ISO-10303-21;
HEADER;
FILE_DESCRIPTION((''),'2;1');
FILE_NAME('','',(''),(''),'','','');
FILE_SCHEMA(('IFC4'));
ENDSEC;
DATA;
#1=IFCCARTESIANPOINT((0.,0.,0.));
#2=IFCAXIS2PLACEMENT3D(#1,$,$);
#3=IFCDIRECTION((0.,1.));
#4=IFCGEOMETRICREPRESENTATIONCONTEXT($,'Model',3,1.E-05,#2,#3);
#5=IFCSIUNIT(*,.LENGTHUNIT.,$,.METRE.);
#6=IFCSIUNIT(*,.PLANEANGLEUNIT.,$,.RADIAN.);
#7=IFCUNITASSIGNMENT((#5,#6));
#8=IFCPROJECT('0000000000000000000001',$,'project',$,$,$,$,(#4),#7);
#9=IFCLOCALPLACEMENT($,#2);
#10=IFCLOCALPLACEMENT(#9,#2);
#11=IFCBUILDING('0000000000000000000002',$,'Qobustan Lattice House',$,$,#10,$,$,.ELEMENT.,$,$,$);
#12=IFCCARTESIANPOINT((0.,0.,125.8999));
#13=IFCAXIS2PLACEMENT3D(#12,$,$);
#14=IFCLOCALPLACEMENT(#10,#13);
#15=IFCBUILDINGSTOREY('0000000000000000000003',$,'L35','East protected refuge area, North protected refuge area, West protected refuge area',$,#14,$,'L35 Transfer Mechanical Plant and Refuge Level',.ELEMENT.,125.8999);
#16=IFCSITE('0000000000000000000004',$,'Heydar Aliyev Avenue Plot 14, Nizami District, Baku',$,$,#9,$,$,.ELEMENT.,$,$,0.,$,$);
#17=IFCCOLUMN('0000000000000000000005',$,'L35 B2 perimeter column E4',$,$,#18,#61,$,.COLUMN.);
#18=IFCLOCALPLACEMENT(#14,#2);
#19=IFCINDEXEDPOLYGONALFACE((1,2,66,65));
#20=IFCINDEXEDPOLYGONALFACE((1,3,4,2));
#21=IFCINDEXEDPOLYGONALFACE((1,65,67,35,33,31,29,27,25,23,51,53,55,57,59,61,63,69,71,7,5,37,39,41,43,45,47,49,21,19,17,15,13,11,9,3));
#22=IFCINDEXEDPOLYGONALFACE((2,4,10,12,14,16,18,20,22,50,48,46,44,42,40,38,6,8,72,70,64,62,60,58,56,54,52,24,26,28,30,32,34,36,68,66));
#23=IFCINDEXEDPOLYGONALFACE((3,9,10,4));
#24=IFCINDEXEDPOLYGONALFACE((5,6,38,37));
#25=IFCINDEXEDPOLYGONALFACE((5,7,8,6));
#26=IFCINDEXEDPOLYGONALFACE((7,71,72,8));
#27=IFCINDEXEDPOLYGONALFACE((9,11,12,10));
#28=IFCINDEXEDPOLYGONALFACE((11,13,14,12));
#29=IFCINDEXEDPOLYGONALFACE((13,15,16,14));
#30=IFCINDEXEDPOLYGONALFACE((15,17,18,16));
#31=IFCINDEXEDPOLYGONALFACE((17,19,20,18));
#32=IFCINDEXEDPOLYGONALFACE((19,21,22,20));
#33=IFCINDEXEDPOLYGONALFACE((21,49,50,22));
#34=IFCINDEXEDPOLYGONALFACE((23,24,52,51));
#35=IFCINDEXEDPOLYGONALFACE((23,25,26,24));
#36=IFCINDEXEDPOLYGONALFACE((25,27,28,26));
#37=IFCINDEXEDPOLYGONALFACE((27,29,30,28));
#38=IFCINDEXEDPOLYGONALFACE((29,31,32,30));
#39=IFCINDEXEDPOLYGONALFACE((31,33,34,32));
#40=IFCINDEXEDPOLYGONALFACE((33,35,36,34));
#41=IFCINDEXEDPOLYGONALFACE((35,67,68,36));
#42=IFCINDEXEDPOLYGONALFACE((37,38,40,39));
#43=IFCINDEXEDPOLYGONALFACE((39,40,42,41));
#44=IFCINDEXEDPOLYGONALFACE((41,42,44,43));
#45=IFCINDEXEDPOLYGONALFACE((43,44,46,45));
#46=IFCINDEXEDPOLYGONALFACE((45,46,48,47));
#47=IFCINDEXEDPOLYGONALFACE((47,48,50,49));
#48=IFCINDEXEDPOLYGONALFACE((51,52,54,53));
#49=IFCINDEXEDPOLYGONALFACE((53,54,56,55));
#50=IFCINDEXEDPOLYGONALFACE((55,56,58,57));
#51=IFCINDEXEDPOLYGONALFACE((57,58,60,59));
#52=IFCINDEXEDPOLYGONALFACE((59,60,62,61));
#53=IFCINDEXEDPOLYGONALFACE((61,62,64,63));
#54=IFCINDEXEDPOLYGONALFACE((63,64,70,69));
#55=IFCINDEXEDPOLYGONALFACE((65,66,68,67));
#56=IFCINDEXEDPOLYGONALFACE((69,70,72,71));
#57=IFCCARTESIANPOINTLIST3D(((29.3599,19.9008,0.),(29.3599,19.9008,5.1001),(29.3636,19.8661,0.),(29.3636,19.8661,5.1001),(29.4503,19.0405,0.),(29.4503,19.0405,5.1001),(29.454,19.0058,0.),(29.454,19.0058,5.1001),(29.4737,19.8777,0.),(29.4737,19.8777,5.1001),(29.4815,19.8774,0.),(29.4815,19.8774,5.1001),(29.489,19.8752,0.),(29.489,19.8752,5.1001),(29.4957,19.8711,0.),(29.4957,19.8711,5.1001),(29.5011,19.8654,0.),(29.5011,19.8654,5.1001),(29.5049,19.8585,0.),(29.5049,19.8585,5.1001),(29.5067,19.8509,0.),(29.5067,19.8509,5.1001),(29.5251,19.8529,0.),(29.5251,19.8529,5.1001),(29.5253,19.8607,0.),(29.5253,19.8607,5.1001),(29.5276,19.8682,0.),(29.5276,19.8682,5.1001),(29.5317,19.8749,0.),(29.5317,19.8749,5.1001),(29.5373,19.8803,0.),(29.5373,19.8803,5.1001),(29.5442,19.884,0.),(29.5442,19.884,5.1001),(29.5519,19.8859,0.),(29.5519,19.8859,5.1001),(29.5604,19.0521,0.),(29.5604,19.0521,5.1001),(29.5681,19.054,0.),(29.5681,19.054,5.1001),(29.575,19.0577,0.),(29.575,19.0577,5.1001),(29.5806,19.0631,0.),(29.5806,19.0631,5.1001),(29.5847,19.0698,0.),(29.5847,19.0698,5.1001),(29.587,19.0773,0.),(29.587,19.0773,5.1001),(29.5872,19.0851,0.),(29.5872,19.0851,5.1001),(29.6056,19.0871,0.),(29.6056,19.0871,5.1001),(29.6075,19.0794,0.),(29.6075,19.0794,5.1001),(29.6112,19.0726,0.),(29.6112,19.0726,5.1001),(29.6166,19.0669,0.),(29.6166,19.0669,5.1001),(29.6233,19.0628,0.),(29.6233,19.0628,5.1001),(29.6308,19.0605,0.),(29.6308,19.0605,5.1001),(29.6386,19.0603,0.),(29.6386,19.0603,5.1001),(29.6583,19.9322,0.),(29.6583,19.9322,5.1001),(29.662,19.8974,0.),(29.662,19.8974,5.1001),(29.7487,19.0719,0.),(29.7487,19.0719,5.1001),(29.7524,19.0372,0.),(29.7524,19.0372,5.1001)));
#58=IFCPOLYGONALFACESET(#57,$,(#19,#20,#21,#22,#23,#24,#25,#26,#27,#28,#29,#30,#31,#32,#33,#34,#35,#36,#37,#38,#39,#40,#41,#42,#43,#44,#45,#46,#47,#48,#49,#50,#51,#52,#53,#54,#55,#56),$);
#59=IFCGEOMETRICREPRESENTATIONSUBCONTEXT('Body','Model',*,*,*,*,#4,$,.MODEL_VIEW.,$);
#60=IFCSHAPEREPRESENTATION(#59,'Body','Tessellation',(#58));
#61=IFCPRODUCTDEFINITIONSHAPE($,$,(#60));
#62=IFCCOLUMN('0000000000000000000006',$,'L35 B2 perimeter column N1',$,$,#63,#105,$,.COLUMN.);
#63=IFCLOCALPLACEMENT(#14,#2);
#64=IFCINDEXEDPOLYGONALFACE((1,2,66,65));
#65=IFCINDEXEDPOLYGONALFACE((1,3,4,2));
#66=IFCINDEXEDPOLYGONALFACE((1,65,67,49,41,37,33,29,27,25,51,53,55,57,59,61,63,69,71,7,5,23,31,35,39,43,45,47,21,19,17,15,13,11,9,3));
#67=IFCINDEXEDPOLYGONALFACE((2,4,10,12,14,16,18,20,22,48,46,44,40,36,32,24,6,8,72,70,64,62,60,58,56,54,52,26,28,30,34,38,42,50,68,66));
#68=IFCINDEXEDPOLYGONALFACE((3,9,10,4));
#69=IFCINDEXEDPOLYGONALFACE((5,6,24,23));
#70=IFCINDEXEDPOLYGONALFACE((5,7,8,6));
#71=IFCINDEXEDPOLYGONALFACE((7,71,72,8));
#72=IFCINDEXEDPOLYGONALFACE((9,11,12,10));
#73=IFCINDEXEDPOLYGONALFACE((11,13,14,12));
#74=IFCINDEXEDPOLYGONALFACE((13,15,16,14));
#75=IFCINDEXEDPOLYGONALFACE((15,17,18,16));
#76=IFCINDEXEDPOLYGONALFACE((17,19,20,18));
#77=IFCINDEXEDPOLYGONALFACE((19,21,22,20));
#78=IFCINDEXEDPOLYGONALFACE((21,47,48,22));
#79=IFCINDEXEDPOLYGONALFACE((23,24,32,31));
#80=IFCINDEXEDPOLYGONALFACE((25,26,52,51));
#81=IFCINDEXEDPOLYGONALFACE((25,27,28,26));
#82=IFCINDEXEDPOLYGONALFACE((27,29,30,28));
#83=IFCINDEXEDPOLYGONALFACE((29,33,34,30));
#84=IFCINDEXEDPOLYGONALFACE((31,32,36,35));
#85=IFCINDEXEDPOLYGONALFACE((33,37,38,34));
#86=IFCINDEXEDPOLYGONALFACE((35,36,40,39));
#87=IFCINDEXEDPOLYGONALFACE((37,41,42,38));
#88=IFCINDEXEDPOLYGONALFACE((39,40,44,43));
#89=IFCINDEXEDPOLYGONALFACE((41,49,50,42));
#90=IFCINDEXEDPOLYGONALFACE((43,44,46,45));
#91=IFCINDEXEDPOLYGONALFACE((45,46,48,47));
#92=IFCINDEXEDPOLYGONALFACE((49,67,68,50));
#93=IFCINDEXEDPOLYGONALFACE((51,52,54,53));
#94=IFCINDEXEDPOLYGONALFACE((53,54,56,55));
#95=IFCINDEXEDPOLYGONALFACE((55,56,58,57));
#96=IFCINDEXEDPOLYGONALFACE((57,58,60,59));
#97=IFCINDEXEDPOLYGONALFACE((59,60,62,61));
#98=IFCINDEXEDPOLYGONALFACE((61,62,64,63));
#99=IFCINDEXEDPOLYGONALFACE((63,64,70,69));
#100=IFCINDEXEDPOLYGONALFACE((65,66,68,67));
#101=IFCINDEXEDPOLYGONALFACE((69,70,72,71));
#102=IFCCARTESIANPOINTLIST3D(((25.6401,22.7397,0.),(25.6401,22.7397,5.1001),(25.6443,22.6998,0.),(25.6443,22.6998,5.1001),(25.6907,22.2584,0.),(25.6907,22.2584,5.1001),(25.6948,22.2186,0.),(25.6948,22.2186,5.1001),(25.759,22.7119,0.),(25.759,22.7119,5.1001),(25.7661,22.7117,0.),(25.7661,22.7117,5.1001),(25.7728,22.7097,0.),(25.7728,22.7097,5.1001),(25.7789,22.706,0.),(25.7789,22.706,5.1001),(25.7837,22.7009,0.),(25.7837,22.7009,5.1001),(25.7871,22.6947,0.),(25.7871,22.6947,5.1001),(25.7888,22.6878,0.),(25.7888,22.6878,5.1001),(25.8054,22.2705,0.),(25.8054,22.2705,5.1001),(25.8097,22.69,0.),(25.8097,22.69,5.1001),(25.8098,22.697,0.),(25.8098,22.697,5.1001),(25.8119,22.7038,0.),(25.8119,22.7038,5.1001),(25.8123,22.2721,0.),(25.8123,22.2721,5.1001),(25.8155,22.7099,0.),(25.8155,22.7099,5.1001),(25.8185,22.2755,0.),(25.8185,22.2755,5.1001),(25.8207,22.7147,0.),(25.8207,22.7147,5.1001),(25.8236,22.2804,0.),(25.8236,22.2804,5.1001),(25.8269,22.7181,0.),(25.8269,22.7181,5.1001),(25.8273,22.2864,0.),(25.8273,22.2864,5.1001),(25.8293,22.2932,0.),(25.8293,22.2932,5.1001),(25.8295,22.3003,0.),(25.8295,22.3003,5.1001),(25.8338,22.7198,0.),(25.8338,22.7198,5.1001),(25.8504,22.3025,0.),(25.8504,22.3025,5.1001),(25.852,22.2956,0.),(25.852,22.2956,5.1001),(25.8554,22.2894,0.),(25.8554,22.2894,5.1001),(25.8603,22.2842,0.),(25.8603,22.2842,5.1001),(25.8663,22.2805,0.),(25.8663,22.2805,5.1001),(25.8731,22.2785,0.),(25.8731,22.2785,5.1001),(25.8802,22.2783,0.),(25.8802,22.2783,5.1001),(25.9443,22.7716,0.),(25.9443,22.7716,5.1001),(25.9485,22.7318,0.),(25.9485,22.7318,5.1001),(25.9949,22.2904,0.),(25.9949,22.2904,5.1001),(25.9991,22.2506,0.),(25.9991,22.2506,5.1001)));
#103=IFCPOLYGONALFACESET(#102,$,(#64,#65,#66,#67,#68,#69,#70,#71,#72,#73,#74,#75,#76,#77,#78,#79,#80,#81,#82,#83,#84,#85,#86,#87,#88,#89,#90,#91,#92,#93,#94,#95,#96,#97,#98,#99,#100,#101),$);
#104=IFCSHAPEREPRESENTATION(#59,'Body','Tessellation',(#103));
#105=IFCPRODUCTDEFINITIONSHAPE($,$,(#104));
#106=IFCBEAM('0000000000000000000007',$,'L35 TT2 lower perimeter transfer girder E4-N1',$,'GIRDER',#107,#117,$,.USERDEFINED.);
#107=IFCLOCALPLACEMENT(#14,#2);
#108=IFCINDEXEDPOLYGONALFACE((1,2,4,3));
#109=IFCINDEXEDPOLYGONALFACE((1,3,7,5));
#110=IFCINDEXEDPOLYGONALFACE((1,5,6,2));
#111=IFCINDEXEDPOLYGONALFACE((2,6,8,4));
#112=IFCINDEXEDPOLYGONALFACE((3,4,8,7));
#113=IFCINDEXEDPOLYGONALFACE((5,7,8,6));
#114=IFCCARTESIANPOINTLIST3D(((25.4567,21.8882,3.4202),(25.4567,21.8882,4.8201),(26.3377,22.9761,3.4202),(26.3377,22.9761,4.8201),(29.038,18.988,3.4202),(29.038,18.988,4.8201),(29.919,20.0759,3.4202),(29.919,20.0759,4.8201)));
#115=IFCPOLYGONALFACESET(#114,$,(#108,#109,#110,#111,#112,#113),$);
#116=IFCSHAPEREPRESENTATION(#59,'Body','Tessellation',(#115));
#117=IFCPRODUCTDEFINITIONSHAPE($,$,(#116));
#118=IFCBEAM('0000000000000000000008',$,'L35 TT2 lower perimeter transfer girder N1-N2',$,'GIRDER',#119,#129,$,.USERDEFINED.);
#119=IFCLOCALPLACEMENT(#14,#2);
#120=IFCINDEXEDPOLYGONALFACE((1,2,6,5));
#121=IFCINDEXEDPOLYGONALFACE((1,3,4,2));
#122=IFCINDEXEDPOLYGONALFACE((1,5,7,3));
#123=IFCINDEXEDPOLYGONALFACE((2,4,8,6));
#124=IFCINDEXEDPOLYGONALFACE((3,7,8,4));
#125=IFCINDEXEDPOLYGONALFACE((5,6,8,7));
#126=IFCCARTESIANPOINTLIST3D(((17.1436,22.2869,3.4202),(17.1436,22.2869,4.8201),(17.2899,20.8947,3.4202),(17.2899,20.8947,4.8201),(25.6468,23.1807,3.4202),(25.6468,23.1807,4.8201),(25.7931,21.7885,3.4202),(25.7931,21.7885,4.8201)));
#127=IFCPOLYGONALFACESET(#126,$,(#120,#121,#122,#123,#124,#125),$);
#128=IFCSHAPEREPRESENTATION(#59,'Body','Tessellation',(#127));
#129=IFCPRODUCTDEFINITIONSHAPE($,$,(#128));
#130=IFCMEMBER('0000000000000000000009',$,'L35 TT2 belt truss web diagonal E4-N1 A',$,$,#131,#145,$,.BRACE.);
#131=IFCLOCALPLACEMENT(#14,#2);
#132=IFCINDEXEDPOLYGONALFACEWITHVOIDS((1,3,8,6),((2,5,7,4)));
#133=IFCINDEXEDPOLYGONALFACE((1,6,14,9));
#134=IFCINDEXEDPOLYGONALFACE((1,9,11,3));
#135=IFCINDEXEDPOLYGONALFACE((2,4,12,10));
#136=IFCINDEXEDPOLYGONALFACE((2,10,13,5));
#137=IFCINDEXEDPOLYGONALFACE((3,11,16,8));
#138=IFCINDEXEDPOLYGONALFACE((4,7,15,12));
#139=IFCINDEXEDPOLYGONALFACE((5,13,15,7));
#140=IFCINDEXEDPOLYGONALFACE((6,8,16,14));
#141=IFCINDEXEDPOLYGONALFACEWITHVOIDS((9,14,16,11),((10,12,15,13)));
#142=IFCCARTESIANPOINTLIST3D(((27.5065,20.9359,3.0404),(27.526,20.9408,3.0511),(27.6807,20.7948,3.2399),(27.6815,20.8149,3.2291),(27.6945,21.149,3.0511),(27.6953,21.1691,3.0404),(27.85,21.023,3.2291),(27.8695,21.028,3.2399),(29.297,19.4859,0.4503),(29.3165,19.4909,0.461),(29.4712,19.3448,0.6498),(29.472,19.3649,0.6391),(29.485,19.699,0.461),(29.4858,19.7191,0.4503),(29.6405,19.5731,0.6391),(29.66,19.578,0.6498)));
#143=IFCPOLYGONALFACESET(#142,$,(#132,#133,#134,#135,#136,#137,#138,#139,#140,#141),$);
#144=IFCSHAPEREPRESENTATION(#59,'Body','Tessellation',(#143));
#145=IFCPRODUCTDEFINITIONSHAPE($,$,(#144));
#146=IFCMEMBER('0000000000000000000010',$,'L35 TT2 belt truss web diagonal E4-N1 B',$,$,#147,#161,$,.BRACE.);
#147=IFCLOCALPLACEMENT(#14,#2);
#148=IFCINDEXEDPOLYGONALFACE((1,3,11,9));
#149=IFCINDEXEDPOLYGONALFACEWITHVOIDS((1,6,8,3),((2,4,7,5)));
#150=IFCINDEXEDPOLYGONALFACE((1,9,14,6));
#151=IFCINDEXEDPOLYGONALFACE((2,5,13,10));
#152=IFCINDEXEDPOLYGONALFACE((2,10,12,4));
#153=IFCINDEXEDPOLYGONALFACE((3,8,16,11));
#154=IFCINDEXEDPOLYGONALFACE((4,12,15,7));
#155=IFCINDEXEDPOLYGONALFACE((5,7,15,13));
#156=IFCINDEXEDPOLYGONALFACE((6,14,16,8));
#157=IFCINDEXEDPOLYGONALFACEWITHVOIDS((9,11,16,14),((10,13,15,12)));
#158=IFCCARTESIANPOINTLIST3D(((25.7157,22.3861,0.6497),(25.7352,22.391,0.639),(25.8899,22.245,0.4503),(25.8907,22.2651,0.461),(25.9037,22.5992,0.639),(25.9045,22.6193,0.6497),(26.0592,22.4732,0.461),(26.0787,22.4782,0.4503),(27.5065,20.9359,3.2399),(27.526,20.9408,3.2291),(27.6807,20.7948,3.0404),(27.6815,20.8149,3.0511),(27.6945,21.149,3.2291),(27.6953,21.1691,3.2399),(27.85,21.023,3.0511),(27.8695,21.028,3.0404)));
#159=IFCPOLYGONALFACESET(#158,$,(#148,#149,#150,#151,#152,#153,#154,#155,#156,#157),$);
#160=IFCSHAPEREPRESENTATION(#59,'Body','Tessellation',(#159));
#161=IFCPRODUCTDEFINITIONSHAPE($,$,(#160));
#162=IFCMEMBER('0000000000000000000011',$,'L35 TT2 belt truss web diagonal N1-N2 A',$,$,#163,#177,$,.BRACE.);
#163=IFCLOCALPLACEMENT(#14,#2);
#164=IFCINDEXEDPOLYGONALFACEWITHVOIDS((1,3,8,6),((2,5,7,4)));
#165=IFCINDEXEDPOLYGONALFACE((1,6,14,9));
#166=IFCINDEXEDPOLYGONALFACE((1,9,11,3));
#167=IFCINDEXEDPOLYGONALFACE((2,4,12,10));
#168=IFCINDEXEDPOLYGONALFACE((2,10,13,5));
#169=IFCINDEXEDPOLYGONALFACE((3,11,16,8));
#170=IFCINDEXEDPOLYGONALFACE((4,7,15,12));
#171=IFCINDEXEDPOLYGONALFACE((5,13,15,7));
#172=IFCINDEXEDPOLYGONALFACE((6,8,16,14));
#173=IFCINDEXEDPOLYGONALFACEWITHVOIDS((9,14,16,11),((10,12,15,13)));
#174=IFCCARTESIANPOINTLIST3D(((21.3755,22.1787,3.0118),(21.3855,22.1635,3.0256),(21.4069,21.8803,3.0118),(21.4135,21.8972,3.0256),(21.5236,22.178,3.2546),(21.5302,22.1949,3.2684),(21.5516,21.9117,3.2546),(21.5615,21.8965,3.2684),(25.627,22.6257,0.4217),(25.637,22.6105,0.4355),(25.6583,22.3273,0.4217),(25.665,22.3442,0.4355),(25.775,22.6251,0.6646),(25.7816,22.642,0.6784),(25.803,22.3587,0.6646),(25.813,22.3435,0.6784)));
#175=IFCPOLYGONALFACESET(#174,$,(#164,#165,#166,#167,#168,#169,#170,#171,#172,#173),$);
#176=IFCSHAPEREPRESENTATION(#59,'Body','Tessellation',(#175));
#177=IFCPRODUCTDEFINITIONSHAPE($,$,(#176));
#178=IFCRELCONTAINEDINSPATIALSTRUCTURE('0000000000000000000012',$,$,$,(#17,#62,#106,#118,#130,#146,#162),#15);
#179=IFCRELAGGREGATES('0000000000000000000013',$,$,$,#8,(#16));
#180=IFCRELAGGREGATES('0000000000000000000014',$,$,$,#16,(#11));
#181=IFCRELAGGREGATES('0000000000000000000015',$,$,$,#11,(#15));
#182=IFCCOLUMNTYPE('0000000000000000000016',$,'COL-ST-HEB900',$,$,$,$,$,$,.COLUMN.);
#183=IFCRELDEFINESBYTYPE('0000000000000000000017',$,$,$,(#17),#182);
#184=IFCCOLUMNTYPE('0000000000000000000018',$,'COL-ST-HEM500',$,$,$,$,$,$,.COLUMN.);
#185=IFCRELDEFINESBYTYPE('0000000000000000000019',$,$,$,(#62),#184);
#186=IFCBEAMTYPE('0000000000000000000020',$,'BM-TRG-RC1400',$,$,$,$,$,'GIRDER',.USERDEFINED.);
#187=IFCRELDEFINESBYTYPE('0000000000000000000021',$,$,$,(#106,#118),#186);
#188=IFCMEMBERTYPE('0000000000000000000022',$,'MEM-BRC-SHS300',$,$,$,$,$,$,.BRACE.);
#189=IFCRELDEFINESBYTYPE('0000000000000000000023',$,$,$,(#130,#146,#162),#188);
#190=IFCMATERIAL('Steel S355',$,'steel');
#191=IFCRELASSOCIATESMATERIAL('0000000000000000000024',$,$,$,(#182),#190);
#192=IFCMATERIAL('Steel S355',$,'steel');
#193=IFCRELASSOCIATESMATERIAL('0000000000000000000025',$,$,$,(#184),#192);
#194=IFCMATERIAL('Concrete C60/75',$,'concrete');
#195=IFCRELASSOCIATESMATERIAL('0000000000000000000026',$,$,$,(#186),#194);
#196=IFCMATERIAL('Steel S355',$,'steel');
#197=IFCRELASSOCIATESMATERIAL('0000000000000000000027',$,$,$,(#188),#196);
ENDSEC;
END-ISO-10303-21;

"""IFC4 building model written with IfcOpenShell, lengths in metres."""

from ifc_helpers import new_model, si_unit, direction, frame, origin, origin_2d, place, context, subcontext, project, spatial, rectangle, hollow_rectangle, i_section, extrude, material, material_profile, profile_set, type_object, element, save


model = new_model("IFC4")

# Units and contexts
model_context = context("Model", 3, precision=1e-05, world=origin(), true_north=direction((0.0, 1.0)))
body_context = subcontext(model_context, "Body", "Model", "MODEL_VIEW")
ifc_project = project(units=[si_unit("LENGTHUNIT", "METRE"), si_unit("PLANEANGLEUNIT", "RADIAN")], contexts=[model_context])

# Site, building, storey
site_placement = place(None, origin())
site = spatial("IfcSite", under=ifc_project, at=site_placement, Name="Heydar Aliyev Avenue Plot 14, Nizami District, Baku", CompositionType="ELEMENT", RefElevation=0.0)
building_placement = place(site_placement, origin())
building = spatial("IfcBuilding", under=site, at=building_placement, Name="Qobustan Lattice House", CompositionType="ELEMENT")
storey_placement = place(building_placement, frame((0.0, 0.0, 125.8999)))
storey = spatial("IfcBuildingStorey", under=building, at=storey_placement, Name="L35", Description="East protected refuge area, North protected refuge area, West protected refuge area", LongName="L35 Transfer Mechanical Plant and Refuge Level", CompositionType="ELEMENT", Elevation=125.8999)

# Columns
ifc_material_1 = material(Name="Steel S355", Category="steel")
ifc_material_profile_1 = material_profile(ifc_material_1, i_section(OverallWidth=0.3, OverallDepth=0.8999, WebThickness=0.0186, FlangeThickness=0.0349, FilletRadius=0.03, at=origin_2d()), Name="HEB900")
ifc_profile_set_1 = profile_set([ifc_material_profile_1], Name="Steel S355")
column_type_1 = type_object("IfcColumnType", Name="COL-ST-HEB900", PredefinedType="COLUMN", material=ifc_profile_set_1)
column_1_placement = place(storey_placement, frame((29.5562, 19.469, 0.0), z_axis=(0.0, 0.0, 1.0), x_axis=(0.994522, 0.104528, 0.0)))
element("IfcColumn", 1, at=column_1_placement, inside=storey, type_object=column_type_1, Name="L35 B2 perimeter column E4", PredefinedType="COLUMN", context=body_context, shape_type="SweptSolid", body=[
    extrude(i_section(OverallWidth=0.3, OverallDepth=0.8999, WebThickness=0.0186, FlangeThickness=0.0349, FilletRadius=0.03, at=origin_2d()), origin(), (0.0, 0.0, 1.0), 5.1001),
])
ifc_material_2 = material(Name="Steel S355", Category="steel")
ifc_material_profile_2 = material_profile(ifc_material_2, i_section(OverallWidth=0.3059, OverallDepth=0.5239, WebThickness=0.021, FlangeThickness=0.04, FilletRadius=0.0271, at=origin_2d()), Name="HEM500")
ifc_profile_set_2 = profile_set([ifc_material_profile_2], Name="Steel S355")
column_type_2 = type_object("IfcColumnType", Name="COL-ST-HEM500", PredefinedType="COLUMN", material=ifc_profile_set_2)
column_2_placement = place(storey_placement, frame((25.8196, 22.4951, 0.0), z_axis=(0.0, 0.0, 1.0), x_axis=(0.994522, 0.104528, 0.0)))
element("IfcColumn", 2, at=column_2_placement, inside=storey, type_object=column_type_2, Name="L35 B2 perimeter column N1", PredefinedType="COLUMN", context=body_context, shape_type="SweptSolid", body=[
    extrude(i_section(OverallWidth=0.3059, OverallDepth=0.5239, WebThickness=0.021, FlangeThickness=0.04, FilletRadius=0.0271, at=origin_2d()), origin(), (0.0, 0.0, 1.0), 5.1001),
])

# Beams
ifc_material_3 = material(Name="Concrete C60/75", Category="concrete")
ifc_material_profile_3 = material_profile(ifc_material_3, rectangle(XDim=1.3999, YDim=1.3999, at=origin_2d()), Name="RC1400x1400")
ifc_profile_set_3 = profile_set([ifc_material_profile_3], Name="Concrete C60/75")
beam_type = type_object("IfcBeamType", Name="BM-TRG-RC1400", ElementType="GIRDER", PredefinedType="USERDEFINED", material=ifc_profile_set_3)
beam_1_placement = place(storey_placement, frame((29.4785, 19.532, 4.1201), z_axis=(-0.777139, 0.629329, 0.0), x_axis=(-0.629329, -0.777139, 0.0)))
element("IfcBeam", 3, at=beam_1_placement, inside=storey, type_object=beam_type, Name="L35 TT2 lower perimeter transfer girder E4-N1", ObjectType="GIRDER", PredefinedType="USERDEFINED", context=body_context, shape_type="SweptSolid", body=[
    extrude(rectangle(XDim=1.3999, YDim=1.3999, at=origin_2d()), origin(), (0.0, 0.0, 1.0), 4.6084),
])
beam_2_placement = place(storey_placement, frame((25.72, 22.4846, 4.1201), z_axis=(-0.994521, -0.104538, 0.0), x_axis=(0.104538, -0.994521, 0.0)))
element("IfcBeam", 4, at=beam_2_placement, inside=storey, type_object=beam_type, Name="L35 TT2 lower perimeter transfer girder N1-N2", ObjectType="GIRDER", PredefinedType="USERDEFINED", context=body_context, shape_type="SweptSolid", body=[
    extrude(rectangle(XDim=1.3999, YDim=1.3999, at=origin_2d()), origin(), (0.0, 0.0, 1.0), 8.55),
])

# Members
ifc_material_4 = material(Name="Steel S355", Category="steel")
ifc_material_profile_4 = material_profile(ifc_material_4, hollow_rectangle(XDim=0.3, YDim=0.3, WallThickness=0.0161, at=origin_2d()), Name="SHS300x300x16")
ifc_profile_set_4 = profile_set([ifc_material_profile_4], Name="Steel S355")
member_type_1 = type_object("IfcMemberType", Name="MEM-BRC-SHS300", PredefinedType="BRACE", material=ifc_profile_set_4)
member_1_placement = place(storey_placement, frame((29.4785, 19.532, 0.55), z_axis=(-0.516517, 0.41827, 0.747168), x_axis=(-0.629323, -0.777144, 0.0)))
element("IfcMember", 5, at=member_1_placement, inside=storey, type_object=member_type_1, Name="L35 TT2 belt truss web diagonal E4-N1 A", PredefinedType="BRACE", context=body_context, shape_type="SweptSolid", body=[
    extrude(hollow_rectangle(XDim=0.3, YDim=0.3, WallThickness=0.0161, at=origin_2d()), origin(), (0.0, 0.0, 1.0), 3.4666),
])
member_2_placement = place(storey_placement, frame((27.688, 20.9819, 3.1401), z_axis=(-0.516554, 0.418313, -0.747119), x_axis=(-0.629335, -0.777134, 0.0)))
element("IfcMember", 6, at=member_2_placement, inside=storey, type_object=member_type_1, Name="L35 TT2 belt truss web diagonal E4-N1 B", PredefinedType="BRACE", context=body_context, shape_type="SweptSolid", body=[
    extrude(hollow_rectangle(XDim=0.3, YDim=0.3, WallThickness=0.0161, at=origin_2d()), origin(), (0.0, 0.0, 1.0), 3.4668),
])
member_3_placement = place(storey_placement, frame((25.72, 22.4846, 0.55), z_axis=(-0.850576, -0.089434, 0.51819), x_axis=(0.104569, -0.994518, 0.0)))
element("IfcMember", 7, at=member_3_placement, inside=storey, type_object=member_type_1, Name="L35 TT2 belt truss web diagonal N1-N2 A", PredefinedType="BRACE", context=body_context, shape_type="SweptSolid", body=[
    extrude(hollow_rectangle(XDim=0.3, YDim=0.3, WallThickness=0.0161, at=origin_2d()), origin(), (0.0, 0.0, 1.0), 4.9983),
])

save(model, "model.ifc")
